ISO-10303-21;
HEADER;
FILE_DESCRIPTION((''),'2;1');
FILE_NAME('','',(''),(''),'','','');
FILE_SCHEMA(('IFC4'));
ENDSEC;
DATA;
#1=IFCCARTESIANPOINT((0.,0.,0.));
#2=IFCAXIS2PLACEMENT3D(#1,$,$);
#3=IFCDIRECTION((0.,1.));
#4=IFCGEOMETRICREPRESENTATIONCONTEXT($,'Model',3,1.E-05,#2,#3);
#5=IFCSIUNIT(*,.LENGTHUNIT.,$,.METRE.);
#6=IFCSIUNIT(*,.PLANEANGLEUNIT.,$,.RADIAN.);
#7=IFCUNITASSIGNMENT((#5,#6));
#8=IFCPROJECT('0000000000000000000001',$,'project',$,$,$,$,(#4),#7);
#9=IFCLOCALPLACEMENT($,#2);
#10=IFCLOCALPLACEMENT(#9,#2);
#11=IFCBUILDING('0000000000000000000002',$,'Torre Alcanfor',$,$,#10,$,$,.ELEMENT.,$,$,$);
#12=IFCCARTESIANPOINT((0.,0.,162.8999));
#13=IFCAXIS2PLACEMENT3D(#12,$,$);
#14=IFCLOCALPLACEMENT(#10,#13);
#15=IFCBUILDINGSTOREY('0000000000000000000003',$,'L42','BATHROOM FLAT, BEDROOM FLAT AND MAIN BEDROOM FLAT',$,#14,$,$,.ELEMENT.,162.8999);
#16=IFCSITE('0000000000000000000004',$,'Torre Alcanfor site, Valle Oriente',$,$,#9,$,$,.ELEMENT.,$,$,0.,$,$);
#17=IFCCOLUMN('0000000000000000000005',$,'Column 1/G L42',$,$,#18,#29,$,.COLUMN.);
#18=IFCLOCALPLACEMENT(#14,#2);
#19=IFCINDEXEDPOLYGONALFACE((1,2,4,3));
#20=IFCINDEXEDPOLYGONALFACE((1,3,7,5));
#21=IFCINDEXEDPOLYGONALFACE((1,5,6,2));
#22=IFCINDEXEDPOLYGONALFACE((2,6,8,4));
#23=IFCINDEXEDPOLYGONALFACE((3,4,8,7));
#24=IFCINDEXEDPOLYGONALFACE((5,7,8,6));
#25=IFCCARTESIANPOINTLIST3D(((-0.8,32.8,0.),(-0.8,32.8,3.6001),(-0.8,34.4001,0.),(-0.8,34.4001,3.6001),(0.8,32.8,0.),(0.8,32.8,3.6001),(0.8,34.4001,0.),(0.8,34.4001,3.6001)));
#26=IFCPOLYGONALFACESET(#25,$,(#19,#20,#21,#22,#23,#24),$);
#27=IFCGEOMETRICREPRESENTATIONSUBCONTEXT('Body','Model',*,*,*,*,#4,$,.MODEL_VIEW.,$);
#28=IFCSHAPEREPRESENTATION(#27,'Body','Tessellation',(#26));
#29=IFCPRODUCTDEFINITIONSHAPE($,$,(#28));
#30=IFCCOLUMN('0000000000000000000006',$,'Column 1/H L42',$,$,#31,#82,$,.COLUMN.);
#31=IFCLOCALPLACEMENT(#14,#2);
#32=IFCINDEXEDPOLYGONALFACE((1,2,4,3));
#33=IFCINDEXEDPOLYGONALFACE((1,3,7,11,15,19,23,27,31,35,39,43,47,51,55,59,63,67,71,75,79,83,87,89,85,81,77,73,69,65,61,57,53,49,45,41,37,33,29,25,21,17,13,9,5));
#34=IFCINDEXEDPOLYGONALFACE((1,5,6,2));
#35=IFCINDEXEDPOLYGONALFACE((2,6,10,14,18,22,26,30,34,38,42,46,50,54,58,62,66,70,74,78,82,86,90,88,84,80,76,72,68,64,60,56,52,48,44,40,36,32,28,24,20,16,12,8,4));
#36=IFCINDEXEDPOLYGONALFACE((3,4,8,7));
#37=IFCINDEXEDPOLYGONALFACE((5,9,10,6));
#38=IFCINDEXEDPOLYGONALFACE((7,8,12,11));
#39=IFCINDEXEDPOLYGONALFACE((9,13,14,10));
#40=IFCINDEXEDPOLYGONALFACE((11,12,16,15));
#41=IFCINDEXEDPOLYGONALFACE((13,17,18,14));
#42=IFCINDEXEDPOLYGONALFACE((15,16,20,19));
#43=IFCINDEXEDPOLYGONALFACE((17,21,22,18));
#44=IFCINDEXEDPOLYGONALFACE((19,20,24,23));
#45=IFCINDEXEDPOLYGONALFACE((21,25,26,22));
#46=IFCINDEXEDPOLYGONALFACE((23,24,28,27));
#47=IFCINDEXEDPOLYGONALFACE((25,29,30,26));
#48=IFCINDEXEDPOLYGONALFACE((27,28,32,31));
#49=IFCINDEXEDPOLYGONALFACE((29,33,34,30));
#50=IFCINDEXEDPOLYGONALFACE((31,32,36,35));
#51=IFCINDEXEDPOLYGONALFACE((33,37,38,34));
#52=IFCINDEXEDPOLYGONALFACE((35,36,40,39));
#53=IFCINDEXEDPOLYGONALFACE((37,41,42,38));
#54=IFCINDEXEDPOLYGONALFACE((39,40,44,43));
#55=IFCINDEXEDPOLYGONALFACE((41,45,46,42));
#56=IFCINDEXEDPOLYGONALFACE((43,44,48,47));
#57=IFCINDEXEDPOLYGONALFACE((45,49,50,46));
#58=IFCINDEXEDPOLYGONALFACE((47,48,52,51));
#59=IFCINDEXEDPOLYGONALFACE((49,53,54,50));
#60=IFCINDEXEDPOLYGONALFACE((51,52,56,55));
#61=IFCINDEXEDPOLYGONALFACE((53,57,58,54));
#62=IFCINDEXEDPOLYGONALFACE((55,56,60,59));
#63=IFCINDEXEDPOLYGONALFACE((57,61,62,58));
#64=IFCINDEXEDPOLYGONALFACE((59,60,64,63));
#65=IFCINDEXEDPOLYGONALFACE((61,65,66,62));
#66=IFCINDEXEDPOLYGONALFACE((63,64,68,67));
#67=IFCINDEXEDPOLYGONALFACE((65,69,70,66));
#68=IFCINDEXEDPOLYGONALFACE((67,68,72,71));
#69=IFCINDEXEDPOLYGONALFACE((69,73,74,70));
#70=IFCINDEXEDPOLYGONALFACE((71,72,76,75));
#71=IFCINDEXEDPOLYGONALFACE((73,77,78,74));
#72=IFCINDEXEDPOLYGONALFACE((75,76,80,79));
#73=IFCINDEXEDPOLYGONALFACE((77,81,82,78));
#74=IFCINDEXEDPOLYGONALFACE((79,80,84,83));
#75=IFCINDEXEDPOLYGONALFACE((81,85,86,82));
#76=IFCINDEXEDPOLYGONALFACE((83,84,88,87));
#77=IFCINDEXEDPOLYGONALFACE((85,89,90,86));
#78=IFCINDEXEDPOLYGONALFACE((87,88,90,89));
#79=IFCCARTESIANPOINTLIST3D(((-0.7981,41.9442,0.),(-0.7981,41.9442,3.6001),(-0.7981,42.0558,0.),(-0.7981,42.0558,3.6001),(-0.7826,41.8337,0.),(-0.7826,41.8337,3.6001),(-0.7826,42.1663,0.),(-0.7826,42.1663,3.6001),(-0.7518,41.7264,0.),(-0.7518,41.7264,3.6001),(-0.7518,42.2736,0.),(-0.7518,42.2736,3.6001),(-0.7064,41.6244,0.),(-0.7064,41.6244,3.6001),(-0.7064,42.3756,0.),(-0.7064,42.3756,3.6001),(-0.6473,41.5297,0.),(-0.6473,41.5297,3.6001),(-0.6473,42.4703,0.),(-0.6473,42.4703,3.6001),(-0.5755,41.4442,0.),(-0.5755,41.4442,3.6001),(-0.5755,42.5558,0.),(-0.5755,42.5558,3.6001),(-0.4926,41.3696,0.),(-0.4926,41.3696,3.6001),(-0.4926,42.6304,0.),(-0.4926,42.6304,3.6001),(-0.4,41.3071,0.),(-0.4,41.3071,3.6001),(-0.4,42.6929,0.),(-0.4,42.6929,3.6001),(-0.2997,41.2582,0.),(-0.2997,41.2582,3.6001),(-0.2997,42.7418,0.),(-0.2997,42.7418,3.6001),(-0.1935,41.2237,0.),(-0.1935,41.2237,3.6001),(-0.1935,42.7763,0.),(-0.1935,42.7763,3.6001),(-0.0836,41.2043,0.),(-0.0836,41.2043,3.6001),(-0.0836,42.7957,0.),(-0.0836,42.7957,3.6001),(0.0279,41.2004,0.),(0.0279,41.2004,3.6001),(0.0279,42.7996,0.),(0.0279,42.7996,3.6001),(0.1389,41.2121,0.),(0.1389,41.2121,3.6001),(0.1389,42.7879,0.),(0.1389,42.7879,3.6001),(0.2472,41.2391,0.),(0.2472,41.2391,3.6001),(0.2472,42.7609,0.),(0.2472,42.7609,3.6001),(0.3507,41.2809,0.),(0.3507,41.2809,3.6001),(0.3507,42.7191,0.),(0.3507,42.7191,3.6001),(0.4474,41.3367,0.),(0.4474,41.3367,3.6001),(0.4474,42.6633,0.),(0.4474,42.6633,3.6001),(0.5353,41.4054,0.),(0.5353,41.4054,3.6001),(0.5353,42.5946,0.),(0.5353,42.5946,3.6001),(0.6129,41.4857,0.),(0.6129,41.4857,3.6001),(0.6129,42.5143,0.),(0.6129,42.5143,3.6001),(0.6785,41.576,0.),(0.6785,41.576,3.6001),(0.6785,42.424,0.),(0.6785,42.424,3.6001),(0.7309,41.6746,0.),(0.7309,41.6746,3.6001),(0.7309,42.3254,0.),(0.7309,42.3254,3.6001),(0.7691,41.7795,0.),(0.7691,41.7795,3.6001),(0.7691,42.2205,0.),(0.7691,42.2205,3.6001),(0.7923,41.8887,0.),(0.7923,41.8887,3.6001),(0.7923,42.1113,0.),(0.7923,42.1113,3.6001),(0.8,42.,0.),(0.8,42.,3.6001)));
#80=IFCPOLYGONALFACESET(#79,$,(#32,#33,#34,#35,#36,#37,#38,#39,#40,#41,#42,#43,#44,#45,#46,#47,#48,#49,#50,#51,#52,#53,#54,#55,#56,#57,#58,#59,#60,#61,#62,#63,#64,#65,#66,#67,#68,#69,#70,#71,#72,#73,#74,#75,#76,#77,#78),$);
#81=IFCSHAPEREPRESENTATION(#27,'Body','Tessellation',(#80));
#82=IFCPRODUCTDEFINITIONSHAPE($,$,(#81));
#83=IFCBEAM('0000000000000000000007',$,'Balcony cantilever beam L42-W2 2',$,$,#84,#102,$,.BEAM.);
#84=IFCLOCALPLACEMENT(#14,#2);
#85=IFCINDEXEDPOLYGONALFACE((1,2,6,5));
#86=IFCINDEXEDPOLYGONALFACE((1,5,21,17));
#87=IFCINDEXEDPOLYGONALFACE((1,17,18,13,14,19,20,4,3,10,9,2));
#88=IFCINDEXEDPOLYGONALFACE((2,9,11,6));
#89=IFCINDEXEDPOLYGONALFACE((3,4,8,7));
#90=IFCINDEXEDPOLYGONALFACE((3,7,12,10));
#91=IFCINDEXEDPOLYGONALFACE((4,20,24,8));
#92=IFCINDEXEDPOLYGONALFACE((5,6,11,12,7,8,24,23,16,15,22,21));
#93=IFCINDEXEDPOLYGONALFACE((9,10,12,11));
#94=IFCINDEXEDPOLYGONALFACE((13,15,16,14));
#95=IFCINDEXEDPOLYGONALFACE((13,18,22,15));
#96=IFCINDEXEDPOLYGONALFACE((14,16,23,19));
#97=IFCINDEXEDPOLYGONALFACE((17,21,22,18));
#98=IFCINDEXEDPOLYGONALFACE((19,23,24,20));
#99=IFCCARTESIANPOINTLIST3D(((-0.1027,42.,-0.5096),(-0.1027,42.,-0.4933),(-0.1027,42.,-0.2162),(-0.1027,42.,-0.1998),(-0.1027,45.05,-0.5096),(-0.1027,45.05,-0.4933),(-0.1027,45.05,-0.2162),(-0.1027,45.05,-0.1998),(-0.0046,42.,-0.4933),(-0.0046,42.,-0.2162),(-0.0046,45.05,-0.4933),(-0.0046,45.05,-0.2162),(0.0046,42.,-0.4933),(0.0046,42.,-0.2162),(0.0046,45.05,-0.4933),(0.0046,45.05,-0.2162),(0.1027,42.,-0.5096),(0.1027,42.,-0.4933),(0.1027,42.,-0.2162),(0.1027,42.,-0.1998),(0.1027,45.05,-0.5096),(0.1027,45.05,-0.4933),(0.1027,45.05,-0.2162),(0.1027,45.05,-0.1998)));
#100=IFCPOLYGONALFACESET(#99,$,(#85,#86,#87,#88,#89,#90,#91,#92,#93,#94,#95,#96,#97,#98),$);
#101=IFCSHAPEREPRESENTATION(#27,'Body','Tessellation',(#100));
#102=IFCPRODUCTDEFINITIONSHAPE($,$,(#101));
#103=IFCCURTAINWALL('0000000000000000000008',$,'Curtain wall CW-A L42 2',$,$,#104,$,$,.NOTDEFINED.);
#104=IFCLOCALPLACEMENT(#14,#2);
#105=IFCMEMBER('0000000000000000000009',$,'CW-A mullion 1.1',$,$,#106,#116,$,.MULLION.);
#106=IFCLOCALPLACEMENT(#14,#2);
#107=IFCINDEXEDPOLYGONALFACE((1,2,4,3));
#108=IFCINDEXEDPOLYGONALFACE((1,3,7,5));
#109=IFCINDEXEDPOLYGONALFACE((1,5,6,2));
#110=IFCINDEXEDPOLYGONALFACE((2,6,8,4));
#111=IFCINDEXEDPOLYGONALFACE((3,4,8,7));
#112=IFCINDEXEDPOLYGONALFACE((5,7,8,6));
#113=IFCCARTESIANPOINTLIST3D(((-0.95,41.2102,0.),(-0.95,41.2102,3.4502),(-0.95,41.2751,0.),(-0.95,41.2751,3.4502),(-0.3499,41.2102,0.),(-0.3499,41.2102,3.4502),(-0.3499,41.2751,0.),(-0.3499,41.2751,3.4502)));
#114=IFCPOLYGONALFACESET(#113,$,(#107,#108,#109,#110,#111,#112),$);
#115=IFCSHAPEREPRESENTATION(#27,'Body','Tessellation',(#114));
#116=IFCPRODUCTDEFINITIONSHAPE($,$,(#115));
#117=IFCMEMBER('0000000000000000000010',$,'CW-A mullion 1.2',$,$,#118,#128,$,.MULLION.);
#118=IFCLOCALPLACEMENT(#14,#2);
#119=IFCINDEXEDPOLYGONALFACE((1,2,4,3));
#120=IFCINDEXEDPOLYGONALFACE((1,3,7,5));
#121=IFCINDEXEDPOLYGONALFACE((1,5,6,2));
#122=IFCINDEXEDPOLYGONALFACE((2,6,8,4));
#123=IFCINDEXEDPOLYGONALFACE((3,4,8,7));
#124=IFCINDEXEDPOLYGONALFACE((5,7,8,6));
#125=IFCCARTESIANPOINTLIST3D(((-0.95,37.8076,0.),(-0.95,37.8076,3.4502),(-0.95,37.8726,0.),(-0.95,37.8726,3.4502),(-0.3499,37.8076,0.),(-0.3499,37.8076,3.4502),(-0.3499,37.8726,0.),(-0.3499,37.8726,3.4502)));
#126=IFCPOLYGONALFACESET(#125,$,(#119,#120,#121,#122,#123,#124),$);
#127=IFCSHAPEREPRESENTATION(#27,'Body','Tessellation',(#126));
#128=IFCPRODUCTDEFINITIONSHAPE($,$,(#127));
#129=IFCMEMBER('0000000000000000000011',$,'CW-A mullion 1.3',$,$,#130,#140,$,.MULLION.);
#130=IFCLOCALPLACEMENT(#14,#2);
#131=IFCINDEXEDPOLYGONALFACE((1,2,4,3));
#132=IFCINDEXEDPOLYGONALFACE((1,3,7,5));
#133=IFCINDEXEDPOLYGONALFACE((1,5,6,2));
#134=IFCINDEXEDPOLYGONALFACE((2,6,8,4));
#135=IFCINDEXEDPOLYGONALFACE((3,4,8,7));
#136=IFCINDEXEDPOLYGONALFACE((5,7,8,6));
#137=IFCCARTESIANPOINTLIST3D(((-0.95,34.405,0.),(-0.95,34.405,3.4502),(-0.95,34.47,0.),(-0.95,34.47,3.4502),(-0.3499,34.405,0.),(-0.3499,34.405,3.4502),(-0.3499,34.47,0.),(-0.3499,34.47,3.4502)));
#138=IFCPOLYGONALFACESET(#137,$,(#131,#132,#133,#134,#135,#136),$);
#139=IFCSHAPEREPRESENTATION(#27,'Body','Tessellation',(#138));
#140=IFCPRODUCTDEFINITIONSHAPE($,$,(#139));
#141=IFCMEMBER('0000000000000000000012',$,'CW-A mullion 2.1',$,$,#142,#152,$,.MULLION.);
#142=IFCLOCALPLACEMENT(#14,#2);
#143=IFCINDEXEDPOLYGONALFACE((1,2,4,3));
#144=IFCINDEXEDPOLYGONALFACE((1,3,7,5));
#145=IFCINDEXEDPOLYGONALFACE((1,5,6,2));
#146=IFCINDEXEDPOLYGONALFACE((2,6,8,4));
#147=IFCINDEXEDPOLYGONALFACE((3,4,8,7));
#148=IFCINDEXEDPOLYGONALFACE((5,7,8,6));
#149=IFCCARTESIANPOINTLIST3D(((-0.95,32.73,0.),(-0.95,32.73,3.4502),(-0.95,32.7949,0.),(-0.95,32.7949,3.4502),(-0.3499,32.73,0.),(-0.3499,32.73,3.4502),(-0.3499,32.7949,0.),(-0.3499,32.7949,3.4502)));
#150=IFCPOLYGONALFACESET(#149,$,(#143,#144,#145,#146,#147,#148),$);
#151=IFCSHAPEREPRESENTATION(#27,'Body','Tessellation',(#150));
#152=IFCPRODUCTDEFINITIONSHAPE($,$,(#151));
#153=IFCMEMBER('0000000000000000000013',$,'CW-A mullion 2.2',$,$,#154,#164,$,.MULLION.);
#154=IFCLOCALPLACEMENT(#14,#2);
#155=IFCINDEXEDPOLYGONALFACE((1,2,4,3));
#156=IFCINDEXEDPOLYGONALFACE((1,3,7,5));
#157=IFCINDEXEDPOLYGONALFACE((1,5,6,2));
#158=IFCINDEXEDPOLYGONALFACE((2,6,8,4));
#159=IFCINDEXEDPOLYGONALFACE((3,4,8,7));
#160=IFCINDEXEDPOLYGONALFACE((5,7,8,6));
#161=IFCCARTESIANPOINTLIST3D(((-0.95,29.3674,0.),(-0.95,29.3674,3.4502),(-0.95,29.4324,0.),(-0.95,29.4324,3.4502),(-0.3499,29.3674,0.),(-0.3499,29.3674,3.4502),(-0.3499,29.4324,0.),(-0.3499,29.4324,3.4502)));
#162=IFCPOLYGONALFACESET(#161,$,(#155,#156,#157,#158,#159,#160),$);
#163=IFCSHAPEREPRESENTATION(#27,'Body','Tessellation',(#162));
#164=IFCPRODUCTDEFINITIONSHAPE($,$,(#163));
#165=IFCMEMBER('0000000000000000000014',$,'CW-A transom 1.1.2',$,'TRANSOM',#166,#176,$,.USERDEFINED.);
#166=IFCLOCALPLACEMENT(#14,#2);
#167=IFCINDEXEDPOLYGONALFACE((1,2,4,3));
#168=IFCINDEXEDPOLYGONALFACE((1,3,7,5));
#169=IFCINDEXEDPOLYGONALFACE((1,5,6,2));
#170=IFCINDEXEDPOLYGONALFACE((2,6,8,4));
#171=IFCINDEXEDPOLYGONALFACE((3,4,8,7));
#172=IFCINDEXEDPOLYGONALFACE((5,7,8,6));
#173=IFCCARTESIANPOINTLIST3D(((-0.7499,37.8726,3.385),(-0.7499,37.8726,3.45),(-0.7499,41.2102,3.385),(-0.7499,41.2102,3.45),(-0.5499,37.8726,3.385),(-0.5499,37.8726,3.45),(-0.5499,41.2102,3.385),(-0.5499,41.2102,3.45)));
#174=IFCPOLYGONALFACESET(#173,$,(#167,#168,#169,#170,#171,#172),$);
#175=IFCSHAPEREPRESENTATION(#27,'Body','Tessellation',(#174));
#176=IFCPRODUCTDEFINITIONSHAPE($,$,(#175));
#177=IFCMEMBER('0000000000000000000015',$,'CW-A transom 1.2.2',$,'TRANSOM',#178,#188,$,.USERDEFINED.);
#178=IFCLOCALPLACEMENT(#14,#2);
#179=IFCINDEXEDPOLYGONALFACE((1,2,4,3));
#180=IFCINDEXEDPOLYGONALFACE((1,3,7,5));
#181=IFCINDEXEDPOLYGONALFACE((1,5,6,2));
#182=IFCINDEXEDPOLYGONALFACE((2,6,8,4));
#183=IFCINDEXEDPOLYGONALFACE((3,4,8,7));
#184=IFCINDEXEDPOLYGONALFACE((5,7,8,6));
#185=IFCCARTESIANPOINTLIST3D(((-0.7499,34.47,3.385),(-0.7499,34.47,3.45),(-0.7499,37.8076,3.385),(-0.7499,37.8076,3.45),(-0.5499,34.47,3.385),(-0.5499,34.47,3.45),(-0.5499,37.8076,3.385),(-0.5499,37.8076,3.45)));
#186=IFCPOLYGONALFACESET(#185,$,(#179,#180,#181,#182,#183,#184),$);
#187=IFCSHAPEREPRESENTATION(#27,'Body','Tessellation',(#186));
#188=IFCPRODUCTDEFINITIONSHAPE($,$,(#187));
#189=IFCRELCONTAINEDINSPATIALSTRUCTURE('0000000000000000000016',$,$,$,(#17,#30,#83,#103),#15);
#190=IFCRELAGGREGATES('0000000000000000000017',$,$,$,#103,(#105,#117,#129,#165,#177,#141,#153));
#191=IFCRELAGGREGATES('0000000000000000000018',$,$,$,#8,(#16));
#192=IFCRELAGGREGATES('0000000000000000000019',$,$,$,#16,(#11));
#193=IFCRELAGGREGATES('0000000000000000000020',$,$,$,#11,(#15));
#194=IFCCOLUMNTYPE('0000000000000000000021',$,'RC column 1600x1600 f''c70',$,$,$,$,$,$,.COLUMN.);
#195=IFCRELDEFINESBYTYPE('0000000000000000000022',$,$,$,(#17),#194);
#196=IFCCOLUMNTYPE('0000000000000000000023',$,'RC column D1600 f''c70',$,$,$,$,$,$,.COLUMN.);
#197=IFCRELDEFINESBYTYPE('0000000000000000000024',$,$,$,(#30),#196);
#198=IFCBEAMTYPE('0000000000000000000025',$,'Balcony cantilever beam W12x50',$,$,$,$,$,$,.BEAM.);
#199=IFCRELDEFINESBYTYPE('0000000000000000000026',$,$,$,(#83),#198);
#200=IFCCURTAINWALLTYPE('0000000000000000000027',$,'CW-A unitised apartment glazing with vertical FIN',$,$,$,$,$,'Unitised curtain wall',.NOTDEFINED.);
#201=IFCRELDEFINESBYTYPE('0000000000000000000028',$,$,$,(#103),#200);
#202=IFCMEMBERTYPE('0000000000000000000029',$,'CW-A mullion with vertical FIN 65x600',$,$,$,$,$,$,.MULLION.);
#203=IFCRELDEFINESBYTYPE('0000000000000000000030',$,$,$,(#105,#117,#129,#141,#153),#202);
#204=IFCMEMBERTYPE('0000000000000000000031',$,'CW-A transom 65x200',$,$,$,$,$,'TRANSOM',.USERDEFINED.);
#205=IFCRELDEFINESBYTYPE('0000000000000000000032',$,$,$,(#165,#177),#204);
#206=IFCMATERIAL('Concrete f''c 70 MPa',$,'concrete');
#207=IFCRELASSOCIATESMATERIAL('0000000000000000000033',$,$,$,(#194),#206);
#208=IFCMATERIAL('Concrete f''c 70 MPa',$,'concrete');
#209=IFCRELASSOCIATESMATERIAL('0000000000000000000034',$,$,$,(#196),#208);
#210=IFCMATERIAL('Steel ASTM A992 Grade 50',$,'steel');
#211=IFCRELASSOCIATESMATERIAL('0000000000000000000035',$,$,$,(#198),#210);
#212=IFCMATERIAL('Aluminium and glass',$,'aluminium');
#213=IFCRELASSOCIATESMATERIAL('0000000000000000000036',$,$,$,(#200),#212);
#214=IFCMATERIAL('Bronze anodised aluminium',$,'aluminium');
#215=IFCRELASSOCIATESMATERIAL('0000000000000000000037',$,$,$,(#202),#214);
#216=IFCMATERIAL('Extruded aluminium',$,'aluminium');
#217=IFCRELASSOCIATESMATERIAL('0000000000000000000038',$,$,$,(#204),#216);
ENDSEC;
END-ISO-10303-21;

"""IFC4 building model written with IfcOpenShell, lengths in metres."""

from ifc_helpers import new_model, si_unit, direction, frame, origin, origin_2d, place, context, subcontext, project, spatial, rectangle, circle, i_section, extrude, material, material_profile, profile_set, type_object, element, aggregate, save


model = new_model("IFC4")

# Units and contexts
model_context = context("Model", 3, precision=1e-05, world=origin(), true_north=direction((0.0, 1.0)))
body_context = subcontext(model_context, "Body", "Model", "MODEL_VIEW")
ifc_project = project(units=[si_unit("LENGTHUNIT", "METRE"), si_unit("PLANEANGLEUNIT", "RADIAN")], contexts=[model_context])

# Site, building, storey
site_placement = place(None, origin())
site = spatial("IfcSite", under=ifc_project, at=site_placement, Name="Torre Alcanfor site, Valle Oriente", CompositionType="ELEMENT", RefElevation=0.0)
building_placement = place(site_placement, origin())
building = spatial("IfcBuilding", under=site, at=building_placement, Name="Torre Alcanfor", CompositionType="ELEMENT")
storey_placement = place(building_placement, frame((0.0, 0.0, 162.8999)))
storey = spatial("IfcBuildingStorey", under=building, at=storey_placement, Name="L42", Description="BATHROOM FLAT, BEDROOM FLAT AND MAIN BEDROOM FLAT", CompositionType="ELEMENT", Elevation=162.8999)

# Columns
ifc_material_1 = material(Name="Concrete f'c 70 MPa", Category="concrete")
ifc_material_profile_1 = material_profile(ifc_material_1, rectangle(XDim=1.6001, YDim=1.6001, at=origin_2d()), Name="1600x1600")
ifc_profile_set_1 = profile_set([ifc_material_profile_1], Name="Concrete f'c 70 MPa")
column_type_1 = type_object("IfcColumnType", Name="RC column 1600x1600 f'c70", PredefinedType="COLUMN", material=ifc_profile_set_1)
column_1_placement = place(storey_placement, frame((0.0, 33.6001, 0.0), z_axis=(0.0, 0.0, 1.0), x_axis=(1.0, 0.0, 0.0)))
element("IfcColumn", 1, at=column_1_placement, inside=storey, type_object=column_type_1, Name="Column 1/G L42", PredefinedType="COLUMN", context=body_context, shape_type="SweptSolid", body=[
    extrude(rectangle(XDim=1.6001, YDim=1.6001, at=origin_2d()), origin(), (0.0, 0.0, 1.0), 3.6001),
])
ifc_material_2 = material(Name="Concrete f'c 70 MPa", Category="concrete")
ifc_material_profile_2 = material_profile(ifc_material_2, circle(Radius=0.8, at=origin_2d()), Name="D1600")
ifc_profile_set_2 = profile_set([ifc_material_profile_2], Name="Concrete f'c 70 MPa")
column_type_2 = type_object("IfcColumnType", Name="RC column D1600 f'c70", PredefinedType="COLUMN", material=ifc_profile_set_2)
column_2_placement = place(storey_placement, frame((0.0, 42.0, 0.0), z_axis=(0.0, 0.0, 1.0), x_axis=(1.0, 0.0, 0.0)))
element("IfcColumn", 2, at=column_2_placement, inside=storey, type_object=column_type_2, Name="Column 1/H L42", PredefinedType="COLUMN", context=body_context, shape_type="SweptSolid", body=[
    extrude(circle(Radius=0.8, at=origin_2d()), origin(), (0.0, 0.0, 1.0), 3.6001),
])

# Beam
ifc_material_3 = material(Name="Steel ASTM A992 Grade 50", Category="steel")
ifc_material_profile_3 = material_profile(ifc_material_3, i_section(OverallWidth=0.2053, OverallDepth=0.3098, WebThickness=0.0093, FlangeThickness=0.0164, at=origin_2d()), Name="W12x50")
ifc_profile_set_3 = profile_set([ifc_material_profile_3], Name="Steel ASTM A992 Grade 50")
beam_type_1 = type_object("IfcBeamType", Name="Balcony cantilever beam W12x50", PredefinedType="BEAM", material=ifc_profile_set_3)
beam_1_placement = place(storey_placement, frame((0.0, 42.0, -0.3547), z_axis=(0.0, 1.0, 0.0), x_axis=(-1.0, 0.0, 0.0)))
element("IfcBeam", 3, at=beam_1_placement, inside=storey, type_object=beam_type_1, Name="Balcony cantilever beam L42-W2 2", PredefinedType="BEAM", context=body_context, shape_type="SweptSolid", body=[
    extrude(i_section(OverallWidth=0.2053, OverallDepth=0.3098, WebThickness=0.0093, FlangeThickness=0.0164, at=origin_2d()), origin(), (0.0, 0.0, 1.0), 3.05),
])

# Curtain wall, members
ifc_material_4 = material(Name="Aluminium and glass", Category="aluminium")
curtain_wall_type = type_object("IfcCurtainWallType", Name="CW-A unitised apartment glazing with vertical FIN", ElementType="Unitised curtain wall", PredefinedType="NOTDEFINED", material=ifc_material_4)
curtain_wall_placement = place(storey_placement, origin())
curtain_wall = element("IfcCurtainWall", 4, at=curtain_wall_placement, inside=storey, type_object=curtain_wall_type, Name="Curtain wall CW-A L42 2", PredefinedType="NOTDEFINED")
ifc_material_5 = material(Name="Bronze anodised aluminium", Category="aluminium")
ifc_material_profile_4 = material_profile(ifc_material_5, rectangle(XDim=0.6001, YDim=0.0649, at=origin_2d()), Name="CW-A mullion 65x600")
ifc_profile_set_4 = profile_set([ifc_material_profile_4], Name="Bronze anodised aluminium")
member_type_1 = type_object("IfcMemberType", Name="CW-A mullion with vertical FIN 65x600", PredefinedType="MULLION", material=ifc_profile_set_4)
member_1_placement = place(storey_placement, frame((-0.6499, 41.2427, 0.0), z_axis=(0.0, 0.0, 1.0), x_axis=(1.0, 0.0, 0.0)))
member_1 = element("IfcMember", 5, at=member_1_placement, type_object=member_type_1, Name="CW-A mullion 1.1", PredefinedType="MULLION", context=body_context, shape_type="SweptSolid", body=[
    extrude(rectangle(XDim=0.6001, YDim=0.0649, at=origin_2d()), origin(), (0.0, 0.0, 1.0), 3.4502),
])
member_2_placement = place(storey_placement, frame((-0.6499, 37.8401, 0.0), z_axis=(0.0, 0.0, 1.0), x_axis=(1.0, 0.0, 0.0)))
member_2 = element("IfcMember", 6, at=member_2_placement, type_object=member_type_1, Name="CW-A mullion 1.2", PredefinedType="MULLION", context=body_context, shape_type="SweptSolid", body=[
    extrude(rectangle(XDim=0.6001, YDim=0.0649, at=origin_2d()), origin(), (0.0, 0.0, 1.0), 3.4502),
])
member_3_placement = place(storey_placement, frame((-0.6499, 34.4375, 0.0), z_axis=(0.0, 0.0, 1.0), x_axis=(1.0, 0.0, 0.0)))
member_3 = element("IfcMember", 7, at=member_3_placement, type_object=member_type_1, Name="CW-A mullion 1.3", PredefinedType="MULLION", context=body_context, shape_type="SweptSolid", body=[
    extrude(rectangle(XDim=0.6001, YDim=0.0649, at=origin_2d()), origin(), (0.0, 0.0, 1.0), 3.4502),
])
member_4_placement = place(storey_placement, frame((-0.6499, 32.7625, 0.0), z_axis=(0.0, 0.0, 1.0), x_axis=(1.0, 0.0, 0.0)))
member_4 = element("IfcMember", 8, at=member_4_placement, type_object=member_type_1, Name="CW-A mullion 2.1", PredefinedType="MULLION", context=body_context, shape_type="SweptSolid", body=[
    extrude(rectangle(XDim=0.6001, YDim=0.0649, at=origin_2d()), origin(), (0.0, 0.0, 1.0), 3.4502),
])
member_5_placement = place(storey_placement, frame((-0.6499, 29.3999, 0.0), z_axis=(0.0, 0.0, 1.0), x_axis=(1.0, 0.0, 0.0)))
member_5 = element("IfcMember", 9, at=member_5_placement, type_object=member_type_1, Name="CW-A mullion 2.2", PredefinedType="MULLION", context=body_context, shape_type="SweptSolid", body=[
    extrude(rectangle(XDim=0.6001, YDim=0.0649, at=origin_2d()), origin(), (0.0, 0.0, 1.0), 3.4502),
])
ifc_material_6 = material(Name="Extruded aluminium", Category="aluminium")
ifc_material_profile_5 = material_profile(ifc_material_6, rectangle(XDim=0.2, YDim=0.0649, at=origin_2d()), Name="CW-A transom 200x65")
ifc_profile_set_5 = profile_set([ifc_material_profile_5], Name="Extruded aluminium")
member_type_2 = type_object("IfcMemberType", Name="CW-A transom 65x200", ElementType="TRANSOM", PredefinedType="USERDEFINED", material=ifc_profile_set_5)
member_6_placement = place(storey_placement, frame((-0.6499, 41.2102, 3.4175), z_axis=(0.0, -1.0, 0.0), x_axis=(1.0, 0.0, 0.0)))
member_6 = element("IfcMember", 10, at=member_6_placement, type_object=member_type_2, Name="CW-A transom 1.1.2", ObjectType="TRANSOM", PredefinedType="USERDEFINED", context=body_context, shape_type="SweptSolid", body=[
    extrude(rectangle(XDim=0.2, YDim=0.0649, at=origin_2d()), origin(), (0.0, 0.0, 1.0), 3.3376),
])
member_7_placement = place(storey_placement, frame((-0.6499, 37.8076, 3.4175), z_axis=(0.0, -1.0, 0.0), x_axis=(1.0, 0.0, 0.0)))
member_7 = element("IfcMember", 11, at=member_7_placement, type_object=member_type_2, Name="CW-A transom 1.2.2", ObjectType="TRANSOM", PredefinedType="USERDEFINED", context=body_context, shape_type="SweptSolid", body=[
    extrude(rectangle(XDim=0.2, YDim=0.0649, at=origin_2d()), origin(), (0.0, 0.0, 1.0), 3.3376),
])

aggregate(curtain_wall, [member_1, member_2, member_3, member_6, member_7, member_4, member_5])

save(model, "model.ifc")
